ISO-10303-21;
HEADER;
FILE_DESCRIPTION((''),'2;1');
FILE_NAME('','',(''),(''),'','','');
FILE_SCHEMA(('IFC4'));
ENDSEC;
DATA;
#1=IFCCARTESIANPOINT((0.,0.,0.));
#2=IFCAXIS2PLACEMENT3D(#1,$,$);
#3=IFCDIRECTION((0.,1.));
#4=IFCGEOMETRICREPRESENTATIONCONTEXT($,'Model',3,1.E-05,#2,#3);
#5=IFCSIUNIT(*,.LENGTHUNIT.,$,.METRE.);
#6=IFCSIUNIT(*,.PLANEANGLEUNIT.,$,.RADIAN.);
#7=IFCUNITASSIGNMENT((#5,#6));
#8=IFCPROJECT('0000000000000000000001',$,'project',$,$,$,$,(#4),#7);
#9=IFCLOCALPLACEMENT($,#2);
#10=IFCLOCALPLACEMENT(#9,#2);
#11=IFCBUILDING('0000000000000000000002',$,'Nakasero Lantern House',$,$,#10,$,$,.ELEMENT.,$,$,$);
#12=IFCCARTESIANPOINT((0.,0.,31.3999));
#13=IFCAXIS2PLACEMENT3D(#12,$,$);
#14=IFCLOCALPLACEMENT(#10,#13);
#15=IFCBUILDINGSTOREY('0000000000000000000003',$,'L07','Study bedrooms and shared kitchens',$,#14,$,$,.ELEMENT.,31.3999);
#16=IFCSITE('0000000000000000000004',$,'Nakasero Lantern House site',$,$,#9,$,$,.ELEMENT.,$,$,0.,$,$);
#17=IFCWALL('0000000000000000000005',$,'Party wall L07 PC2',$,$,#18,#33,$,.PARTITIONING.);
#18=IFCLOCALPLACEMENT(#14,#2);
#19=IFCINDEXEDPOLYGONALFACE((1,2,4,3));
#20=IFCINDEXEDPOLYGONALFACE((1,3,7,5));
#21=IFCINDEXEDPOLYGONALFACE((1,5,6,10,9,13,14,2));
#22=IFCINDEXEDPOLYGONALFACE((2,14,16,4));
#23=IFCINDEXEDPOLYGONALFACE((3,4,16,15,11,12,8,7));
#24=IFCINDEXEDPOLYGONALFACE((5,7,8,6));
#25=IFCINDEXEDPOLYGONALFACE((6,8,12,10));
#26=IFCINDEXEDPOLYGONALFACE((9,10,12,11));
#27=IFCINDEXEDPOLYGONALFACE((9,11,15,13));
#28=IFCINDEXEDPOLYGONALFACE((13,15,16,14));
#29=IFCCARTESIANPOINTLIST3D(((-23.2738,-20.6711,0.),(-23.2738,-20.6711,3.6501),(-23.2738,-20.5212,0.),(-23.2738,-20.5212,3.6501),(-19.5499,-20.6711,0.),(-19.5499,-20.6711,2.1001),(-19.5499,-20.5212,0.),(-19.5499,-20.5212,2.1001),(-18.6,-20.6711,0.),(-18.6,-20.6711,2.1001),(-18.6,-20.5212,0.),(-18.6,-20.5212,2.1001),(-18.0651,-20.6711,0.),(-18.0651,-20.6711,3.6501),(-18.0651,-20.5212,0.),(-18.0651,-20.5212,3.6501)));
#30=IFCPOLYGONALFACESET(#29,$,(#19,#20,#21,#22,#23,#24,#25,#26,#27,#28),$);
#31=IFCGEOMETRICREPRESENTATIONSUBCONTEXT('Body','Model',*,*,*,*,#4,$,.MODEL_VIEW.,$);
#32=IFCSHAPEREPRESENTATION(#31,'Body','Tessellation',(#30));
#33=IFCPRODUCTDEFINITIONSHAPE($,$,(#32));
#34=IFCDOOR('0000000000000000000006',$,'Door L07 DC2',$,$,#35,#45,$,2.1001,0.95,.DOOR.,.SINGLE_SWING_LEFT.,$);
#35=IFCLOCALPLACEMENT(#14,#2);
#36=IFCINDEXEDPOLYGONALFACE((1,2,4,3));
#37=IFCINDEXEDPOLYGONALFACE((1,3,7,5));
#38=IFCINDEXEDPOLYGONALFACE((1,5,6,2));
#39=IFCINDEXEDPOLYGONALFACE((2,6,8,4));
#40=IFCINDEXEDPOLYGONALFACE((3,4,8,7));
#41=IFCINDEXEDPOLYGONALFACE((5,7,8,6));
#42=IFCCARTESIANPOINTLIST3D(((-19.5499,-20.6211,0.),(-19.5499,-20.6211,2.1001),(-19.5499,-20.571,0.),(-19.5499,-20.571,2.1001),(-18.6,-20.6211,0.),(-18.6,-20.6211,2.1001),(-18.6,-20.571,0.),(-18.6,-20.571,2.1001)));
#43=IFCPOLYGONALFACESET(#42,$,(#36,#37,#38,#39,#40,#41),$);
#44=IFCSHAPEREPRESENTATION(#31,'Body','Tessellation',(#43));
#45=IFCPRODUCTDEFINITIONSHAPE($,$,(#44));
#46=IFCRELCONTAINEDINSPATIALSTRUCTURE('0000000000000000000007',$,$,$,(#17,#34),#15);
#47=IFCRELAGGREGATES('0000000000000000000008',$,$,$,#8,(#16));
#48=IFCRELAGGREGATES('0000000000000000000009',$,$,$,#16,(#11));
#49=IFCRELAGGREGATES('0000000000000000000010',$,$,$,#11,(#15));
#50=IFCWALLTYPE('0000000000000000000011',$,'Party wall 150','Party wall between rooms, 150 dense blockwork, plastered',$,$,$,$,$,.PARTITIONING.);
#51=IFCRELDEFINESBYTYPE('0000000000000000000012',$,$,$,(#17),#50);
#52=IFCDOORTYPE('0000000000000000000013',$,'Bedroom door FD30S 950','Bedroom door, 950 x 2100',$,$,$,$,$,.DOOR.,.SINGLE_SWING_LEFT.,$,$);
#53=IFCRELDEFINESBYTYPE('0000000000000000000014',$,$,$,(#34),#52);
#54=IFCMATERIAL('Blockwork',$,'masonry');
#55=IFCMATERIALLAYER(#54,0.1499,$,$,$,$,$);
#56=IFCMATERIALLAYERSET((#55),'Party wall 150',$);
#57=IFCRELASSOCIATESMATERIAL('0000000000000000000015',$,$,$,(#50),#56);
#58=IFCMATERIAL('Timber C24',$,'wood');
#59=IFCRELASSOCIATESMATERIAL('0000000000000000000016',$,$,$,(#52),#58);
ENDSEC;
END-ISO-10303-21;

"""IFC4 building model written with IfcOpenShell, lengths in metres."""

from ifc_helpers import new_model, si_unit, direction, frame, frame_2d, origin, place, context, subcontext, project, spatial, rectangle, extrude, material, layer, layer_set, type_object, element, fill, save


model = new_model("IFC4")

# Units and contexts
model_context = context("Model", 3, precision=1e-05, world=origin(), true_north=direction((0.0, 1.0)))
body_context = subcontext(model_context, "Body", "Model", "MODEL_VIEW")
ifc_project = project(units=[si_unit("LENGTHUNIT", "METRE"), si_unit("PLANEANGLEUNIT", "RADIAN")], contexts=[model_context])

# Site, building, storey
site_placement = place(None, origin())
site = spatial("IfcSite", under=ifc_project, at=site_placement, Name="Nakasero Lantern House site", CompositionType="ELEMENT", RefElevation=0.0)
building_placement = place(site_placement, origin())
building = spatial("IfcBuilding", under=site, at=building_placement, Name="Nakasero Lantern House", CompositionType="ELEMENT")
storey_placement = place(building_placement, frame((0.0, 0.0, 31.3999)))
storey = spatial("IfcBuildingStorey", under=building, at=storey_placement, Name="L07", Description="Study bedrooms and shared kitchens", CompositionType="ELEMENT", Elevation=31.3999)

# Wall, opening, door
ifc_material_1 = material(Name="Blockwork", Category="masonry")
ifc_layer_1 = layer(ifc_material_1, 0.1499)
ifc_layer_set_1 = layer_set([ifc_layer_1], Name="Party wall 150")
wall_type_1 = type_object("IfcWallType", Name="Party wall 150", Description="Party wall between rooms, 150 dense blockwork, plastered", PredefinedType="PARTITIONING", material=ifc_layer_set_1)
wall_1_placement = place(storey_placement, frame((-18.0649, -20.5962, 0.0), z_axis=(0.0, 0.0, 1.0), x_axis=(-1.0, 0.0, 0.0)))
wall_1 = element("IfcWall", 1, at=wall_1_placement, inside=storey, type_object=wall_type_1, Name="Party wall L07 PC2", PredefinedType="PARTITIONING", context=body_context, shape_type="SweptSolid", body=[
    extrude(rectangle(XDim=5.2087, YDim=0.1499, at=frame_2d((2.6045, 0.0))), origin(), (0.0, 0.0, 1.0), 3.6501),
])
opening_1_placement = place(wall_1_placement, frame((0.5349, 0.0, 0.0)))
opening_1 = element("IfcOpeningElement", 2, at=opening_1_placement, cuts=wall_1, PredefinedType="OPENING", context=body_context, shape_type="SweptSolid", body=[
    extrude(rectangle(XDim=0.95, YDim=2.1001, at=frame_2d((0.4751, 1.05))), frame((0.0, 0.095, 0.0), z_axis=(0.0, -1.0, 0.0), x_axis=(1.0, 0.0, 0.0)), (0.0, 0.0, 1.0), 0.1899),
])
ifc_material_2 = material(Name="Timber C24", Category="wood")
door_type_1 = type_object("IfcDoorType", Name="Bedroom door FD30S 950", Description="Bedroom door, 950 x 2100", OperationType="SINGLE_SWING_LEFT", PredefinedType="DOOR", material=ifc_material_2)
door_1_placement = place(opening_1_placement, origin())
door_1 = element("IfcDoor", 3, at=door_1_placement, inside=storey, type_object=door_type_1, Name="Door L07 DC2", OperationType="SINGLE_SWING_LEFT", OverallHeight=2.1001, OverallWidth=0.95, PredefinedType="DOOR", context=body_context, shape_type="SweptSolid", body=[
    extrude(rectangle(XDim=0.95, YDim=2.1001, at=frame_2d((0.4751, 1.05))), frame((0.0, 0.0249, 0.0), z_axis=(0.0, -1.0, 0.0), x_axis=(1.0, 0.0, 0.0)), (0.0, 0.0, 1.0), 0.05),
])
fill(opening_1, door_1)

save(model, "model.ifc")
